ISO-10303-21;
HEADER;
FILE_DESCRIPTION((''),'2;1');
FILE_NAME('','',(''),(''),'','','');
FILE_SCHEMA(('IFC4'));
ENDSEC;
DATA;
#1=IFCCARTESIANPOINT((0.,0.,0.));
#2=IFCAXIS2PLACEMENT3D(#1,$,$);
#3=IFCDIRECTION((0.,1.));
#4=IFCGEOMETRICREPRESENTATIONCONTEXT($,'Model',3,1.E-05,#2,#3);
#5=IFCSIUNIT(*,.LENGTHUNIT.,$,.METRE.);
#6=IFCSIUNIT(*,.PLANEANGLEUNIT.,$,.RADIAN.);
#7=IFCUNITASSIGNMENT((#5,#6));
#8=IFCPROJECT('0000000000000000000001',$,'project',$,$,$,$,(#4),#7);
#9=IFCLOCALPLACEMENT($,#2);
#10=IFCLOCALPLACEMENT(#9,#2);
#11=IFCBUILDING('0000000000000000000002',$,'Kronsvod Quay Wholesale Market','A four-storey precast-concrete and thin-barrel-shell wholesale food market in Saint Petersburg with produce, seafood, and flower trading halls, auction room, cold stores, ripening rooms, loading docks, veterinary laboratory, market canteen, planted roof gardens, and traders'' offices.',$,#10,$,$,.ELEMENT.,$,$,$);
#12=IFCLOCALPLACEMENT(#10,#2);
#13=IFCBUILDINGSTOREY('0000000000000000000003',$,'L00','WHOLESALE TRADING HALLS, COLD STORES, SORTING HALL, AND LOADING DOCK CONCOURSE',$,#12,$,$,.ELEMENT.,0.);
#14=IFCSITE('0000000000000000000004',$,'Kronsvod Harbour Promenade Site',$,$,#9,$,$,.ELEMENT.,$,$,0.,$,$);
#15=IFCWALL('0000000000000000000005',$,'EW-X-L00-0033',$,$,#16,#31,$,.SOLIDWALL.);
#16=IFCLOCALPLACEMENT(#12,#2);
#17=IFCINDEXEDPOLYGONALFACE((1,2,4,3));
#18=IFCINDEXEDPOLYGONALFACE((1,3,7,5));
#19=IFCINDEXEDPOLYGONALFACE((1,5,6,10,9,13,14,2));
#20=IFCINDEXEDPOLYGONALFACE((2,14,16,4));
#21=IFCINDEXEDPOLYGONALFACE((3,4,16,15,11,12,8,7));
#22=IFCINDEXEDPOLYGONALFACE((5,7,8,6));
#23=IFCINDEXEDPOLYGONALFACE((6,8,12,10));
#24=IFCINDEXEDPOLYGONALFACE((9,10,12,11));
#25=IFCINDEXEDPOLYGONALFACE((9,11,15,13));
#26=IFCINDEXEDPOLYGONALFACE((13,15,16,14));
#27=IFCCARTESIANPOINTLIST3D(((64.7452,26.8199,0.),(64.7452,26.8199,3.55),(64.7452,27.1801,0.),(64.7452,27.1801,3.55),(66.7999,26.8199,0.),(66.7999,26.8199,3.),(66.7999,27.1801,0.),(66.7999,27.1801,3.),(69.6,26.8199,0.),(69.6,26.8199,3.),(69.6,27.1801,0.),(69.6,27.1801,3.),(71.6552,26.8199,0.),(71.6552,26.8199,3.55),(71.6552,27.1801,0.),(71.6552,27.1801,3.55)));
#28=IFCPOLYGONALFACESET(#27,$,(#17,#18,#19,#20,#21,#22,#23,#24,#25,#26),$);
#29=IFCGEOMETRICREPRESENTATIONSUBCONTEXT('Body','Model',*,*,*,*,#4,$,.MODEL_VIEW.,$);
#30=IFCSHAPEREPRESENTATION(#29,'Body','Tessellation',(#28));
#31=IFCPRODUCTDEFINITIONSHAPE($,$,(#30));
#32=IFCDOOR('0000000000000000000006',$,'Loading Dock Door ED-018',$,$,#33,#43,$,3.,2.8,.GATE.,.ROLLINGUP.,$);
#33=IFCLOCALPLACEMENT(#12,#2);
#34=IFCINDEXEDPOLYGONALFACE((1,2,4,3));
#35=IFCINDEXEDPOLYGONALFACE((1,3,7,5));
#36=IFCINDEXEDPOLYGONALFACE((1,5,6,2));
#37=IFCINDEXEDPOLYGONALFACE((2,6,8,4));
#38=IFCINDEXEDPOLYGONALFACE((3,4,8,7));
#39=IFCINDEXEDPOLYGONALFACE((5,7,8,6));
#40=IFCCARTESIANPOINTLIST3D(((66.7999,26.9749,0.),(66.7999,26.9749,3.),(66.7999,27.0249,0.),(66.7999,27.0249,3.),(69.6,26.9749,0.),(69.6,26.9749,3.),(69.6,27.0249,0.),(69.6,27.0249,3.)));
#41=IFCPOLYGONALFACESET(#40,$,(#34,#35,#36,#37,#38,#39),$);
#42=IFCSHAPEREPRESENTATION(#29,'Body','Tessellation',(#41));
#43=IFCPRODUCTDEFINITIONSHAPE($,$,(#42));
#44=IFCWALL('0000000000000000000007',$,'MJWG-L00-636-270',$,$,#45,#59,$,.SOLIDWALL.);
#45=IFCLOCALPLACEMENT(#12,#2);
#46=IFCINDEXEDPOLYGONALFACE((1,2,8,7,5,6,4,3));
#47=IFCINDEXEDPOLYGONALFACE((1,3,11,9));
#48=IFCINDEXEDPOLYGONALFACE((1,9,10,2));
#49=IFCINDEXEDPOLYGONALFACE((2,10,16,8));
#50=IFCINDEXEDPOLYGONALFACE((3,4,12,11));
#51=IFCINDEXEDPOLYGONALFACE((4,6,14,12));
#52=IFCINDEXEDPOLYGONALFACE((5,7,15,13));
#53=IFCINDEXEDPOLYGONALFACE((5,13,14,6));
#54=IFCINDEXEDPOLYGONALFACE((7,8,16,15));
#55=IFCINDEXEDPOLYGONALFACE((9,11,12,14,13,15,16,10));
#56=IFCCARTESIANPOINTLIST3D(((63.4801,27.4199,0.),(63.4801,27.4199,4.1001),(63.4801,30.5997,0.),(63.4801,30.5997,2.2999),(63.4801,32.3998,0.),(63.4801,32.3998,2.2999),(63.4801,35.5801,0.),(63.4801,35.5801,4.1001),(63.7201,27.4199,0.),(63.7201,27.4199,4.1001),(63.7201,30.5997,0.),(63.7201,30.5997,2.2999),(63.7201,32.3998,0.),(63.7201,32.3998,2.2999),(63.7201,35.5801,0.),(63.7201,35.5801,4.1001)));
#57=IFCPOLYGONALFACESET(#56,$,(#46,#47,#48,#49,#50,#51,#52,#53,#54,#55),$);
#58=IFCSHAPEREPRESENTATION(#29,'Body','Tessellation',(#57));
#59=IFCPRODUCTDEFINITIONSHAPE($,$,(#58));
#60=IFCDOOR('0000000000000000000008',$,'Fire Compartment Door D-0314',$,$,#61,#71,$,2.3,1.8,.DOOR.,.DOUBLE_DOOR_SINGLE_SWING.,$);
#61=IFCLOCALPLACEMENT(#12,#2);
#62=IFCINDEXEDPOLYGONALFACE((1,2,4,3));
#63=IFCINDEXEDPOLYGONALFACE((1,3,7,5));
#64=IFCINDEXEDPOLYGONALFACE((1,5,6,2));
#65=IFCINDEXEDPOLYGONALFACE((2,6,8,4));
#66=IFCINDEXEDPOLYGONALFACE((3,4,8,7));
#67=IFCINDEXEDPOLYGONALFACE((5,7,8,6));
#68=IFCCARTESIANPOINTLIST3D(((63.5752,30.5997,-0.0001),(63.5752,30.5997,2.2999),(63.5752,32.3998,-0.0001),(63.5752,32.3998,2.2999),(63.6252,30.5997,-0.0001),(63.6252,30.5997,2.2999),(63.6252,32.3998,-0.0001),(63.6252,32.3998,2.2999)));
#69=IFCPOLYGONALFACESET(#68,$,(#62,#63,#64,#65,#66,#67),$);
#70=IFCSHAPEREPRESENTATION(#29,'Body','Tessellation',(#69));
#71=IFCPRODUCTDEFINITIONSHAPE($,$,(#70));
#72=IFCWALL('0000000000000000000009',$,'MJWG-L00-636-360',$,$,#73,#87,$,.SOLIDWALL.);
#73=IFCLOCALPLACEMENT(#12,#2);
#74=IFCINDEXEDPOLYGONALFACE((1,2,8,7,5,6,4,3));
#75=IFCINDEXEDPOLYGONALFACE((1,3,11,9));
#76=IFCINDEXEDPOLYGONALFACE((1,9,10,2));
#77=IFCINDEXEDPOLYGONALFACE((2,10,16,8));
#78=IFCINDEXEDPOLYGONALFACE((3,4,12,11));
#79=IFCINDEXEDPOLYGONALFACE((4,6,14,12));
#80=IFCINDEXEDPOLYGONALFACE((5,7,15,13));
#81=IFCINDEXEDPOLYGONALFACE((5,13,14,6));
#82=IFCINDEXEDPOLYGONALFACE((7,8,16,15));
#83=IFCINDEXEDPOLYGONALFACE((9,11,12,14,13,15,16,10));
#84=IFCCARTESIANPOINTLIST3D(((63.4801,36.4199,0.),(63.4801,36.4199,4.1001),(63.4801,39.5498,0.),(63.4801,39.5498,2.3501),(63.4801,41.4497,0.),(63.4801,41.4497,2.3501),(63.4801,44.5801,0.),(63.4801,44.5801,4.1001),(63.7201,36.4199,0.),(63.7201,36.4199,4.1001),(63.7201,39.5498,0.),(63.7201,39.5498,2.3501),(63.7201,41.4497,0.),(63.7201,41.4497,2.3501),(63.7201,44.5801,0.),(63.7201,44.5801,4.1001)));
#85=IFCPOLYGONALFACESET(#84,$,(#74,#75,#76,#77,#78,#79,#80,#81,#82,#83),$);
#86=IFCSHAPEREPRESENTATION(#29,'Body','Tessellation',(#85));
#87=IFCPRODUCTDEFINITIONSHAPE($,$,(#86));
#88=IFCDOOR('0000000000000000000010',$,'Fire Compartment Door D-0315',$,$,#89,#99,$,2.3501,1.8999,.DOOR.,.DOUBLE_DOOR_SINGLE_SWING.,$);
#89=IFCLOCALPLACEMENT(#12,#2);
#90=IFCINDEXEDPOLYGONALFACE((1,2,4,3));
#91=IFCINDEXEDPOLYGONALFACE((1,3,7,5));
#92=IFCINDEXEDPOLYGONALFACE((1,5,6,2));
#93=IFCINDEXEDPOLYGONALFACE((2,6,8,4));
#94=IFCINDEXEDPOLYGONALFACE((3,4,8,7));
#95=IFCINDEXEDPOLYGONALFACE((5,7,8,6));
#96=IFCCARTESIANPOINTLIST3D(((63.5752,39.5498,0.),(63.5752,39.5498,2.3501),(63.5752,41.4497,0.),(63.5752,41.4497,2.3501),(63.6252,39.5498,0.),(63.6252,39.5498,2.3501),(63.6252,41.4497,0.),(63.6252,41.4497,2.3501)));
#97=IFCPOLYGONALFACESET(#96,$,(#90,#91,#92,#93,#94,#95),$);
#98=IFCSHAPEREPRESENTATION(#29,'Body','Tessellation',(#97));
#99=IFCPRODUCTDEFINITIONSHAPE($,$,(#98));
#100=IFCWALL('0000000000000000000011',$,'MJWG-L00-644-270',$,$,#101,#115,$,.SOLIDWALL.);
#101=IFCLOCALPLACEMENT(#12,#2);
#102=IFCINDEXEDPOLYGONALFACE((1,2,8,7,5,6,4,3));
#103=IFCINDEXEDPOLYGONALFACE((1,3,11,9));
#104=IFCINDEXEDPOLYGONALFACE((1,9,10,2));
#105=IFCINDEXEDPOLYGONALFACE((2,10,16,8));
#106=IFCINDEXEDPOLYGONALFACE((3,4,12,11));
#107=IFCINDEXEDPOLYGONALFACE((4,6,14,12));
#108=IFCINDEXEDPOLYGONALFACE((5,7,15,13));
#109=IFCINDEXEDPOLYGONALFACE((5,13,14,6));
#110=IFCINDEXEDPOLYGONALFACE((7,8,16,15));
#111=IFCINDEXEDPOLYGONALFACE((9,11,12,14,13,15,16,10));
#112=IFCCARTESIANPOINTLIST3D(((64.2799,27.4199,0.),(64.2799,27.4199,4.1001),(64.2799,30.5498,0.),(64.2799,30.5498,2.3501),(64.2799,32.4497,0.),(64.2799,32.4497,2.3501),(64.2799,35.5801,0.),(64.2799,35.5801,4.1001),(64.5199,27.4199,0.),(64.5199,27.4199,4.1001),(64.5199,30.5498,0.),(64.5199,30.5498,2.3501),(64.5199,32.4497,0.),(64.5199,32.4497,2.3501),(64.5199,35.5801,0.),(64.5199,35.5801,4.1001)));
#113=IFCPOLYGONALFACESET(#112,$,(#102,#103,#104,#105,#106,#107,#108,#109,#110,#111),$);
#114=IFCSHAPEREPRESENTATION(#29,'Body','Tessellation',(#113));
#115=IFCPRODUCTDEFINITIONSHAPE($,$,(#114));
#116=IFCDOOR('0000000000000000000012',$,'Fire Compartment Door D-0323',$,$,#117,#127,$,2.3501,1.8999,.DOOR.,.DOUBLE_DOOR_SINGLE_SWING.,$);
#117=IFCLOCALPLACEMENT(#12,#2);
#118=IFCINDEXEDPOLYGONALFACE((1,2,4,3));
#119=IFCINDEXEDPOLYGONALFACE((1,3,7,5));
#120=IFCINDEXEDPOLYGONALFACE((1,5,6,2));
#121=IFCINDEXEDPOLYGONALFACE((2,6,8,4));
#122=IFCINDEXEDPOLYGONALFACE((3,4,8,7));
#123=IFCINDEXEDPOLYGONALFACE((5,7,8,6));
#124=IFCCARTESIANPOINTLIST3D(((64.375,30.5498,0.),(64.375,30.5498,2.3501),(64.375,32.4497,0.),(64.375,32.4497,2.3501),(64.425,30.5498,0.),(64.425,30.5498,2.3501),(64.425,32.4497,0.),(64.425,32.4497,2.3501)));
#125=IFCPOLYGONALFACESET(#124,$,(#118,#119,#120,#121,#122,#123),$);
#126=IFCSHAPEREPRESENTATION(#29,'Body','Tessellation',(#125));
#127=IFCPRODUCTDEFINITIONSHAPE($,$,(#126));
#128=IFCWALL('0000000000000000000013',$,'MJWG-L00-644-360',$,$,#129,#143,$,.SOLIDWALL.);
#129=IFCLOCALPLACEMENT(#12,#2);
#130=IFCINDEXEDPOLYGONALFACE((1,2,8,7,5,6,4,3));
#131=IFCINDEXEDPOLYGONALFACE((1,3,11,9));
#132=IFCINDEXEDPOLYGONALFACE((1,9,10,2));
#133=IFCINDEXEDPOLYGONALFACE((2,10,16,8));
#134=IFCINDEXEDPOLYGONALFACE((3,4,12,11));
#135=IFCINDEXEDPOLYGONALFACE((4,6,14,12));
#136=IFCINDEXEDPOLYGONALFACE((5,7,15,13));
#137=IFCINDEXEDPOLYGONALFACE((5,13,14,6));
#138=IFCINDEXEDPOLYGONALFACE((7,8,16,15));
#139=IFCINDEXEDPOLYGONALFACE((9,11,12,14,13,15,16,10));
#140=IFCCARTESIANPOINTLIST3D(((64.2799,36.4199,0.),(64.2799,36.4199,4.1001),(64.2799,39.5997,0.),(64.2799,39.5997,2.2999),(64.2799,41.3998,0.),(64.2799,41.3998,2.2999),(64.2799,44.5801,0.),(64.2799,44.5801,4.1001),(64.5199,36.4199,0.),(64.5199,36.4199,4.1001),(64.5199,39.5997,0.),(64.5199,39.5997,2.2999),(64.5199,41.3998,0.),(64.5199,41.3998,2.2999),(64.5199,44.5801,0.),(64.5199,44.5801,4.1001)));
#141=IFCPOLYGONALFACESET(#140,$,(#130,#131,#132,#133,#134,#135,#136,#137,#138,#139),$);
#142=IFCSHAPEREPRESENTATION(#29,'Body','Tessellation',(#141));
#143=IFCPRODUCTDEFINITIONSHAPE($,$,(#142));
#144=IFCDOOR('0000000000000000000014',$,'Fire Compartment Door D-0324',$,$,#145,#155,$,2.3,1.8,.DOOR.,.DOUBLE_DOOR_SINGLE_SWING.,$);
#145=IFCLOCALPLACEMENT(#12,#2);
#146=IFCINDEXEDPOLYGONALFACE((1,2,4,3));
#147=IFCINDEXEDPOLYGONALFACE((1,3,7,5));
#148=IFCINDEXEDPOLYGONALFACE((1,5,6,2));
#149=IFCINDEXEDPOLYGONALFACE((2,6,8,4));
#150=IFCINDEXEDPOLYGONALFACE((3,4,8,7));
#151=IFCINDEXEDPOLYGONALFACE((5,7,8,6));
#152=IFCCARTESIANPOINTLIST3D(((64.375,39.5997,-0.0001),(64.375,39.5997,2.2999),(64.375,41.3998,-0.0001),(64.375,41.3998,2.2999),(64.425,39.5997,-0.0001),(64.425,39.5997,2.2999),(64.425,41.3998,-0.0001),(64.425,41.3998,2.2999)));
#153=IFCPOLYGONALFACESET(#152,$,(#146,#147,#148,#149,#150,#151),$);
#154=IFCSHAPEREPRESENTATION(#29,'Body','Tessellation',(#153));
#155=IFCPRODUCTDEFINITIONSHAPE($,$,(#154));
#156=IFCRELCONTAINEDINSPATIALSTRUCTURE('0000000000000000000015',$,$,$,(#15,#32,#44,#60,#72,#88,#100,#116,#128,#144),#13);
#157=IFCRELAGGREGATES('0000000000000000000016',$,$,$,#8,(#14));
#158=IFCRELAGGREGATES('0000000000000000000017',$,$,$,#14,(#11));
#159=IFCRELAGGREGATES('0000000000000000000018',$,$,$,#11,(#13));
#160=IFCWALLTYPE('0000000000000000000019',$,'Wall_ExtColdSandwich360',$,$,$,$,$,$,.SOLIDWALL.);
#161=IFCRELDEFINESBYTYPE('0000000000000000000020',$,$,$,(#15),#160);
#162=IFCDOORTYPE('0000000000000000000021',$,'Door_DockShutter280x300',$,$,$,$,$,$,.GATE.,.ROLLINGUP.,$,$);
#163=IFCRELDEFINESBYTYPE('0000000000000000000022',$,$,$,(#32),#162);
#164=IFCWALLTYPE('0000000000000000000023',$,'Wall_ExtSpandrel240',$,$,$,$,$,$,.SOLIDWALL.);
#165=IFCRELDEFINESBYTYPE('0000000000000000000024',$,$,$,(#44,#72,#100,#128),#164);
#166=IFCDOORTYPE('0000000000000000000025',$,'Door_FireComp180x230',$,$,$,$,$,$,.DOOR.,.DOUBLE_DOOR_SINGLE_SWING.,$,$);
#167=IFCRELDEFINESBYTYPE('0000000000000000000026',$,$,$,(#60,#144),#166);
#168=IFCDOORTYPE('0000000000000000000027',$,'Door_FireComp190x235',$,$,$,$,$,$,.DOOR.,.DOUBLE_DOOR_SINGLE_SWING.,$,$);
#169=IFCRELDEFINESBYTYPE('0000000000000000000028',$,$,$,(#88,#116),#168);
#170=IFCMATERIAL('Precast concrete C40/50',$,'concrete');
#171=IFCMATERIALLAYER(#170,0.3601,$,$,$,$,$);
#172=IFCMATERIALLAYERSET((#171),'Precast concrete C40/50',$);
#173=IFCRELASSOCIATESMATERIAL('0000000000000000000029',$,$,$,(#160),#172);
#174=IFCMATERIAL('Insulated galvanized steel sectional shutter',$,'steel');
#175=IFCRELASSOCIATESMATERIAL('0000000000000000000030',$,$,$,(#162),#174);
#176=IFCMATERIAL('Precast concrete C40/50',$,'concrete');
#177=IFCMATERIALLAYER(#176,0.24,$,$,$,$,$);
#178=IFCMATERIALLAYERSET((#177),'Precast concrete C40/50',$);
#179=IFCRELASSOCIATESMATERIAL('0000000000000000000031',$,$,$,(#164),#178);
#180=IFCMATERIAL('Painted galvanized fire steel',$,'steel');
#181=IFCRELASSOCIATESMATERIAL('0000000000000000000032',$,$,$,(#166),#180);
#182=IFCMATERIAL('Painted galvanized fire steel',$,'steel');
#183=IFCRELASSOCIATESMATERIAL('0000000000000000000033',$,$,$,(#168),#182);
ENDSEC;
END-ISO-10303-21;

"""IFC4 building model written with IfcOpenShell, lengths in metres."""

from ifc_helpers import new_model, si_unit, direction, frame, frame_2d, origin, place, context, subcontext, project, spatial, rectangle, extrude, material, layer, layer_set, type_object, element, fill, save


model = new_model("IFC4")

# Units and contexts
model_context = context("Model", 3, precision=1e-05, world=origin(), true_north=direction((0.0, 1.0)))
body_context = subcontext(model_context, "Body", "Model", "MODEL_VIEW")
ifc_project = project(units=[si_unit("LENGTHUNIT", "METRE"), si_unit("PLANEANGLEUNIT", "RADIAN")], contexts=[model_context])

# Site, building, storey
site_placement = place(None, origin())
site = spatial("IfcSite", under=ifc_project, at=site_placement, Name="Kronsvod Harbour Promenade Site", CompositionType="ELEMENT", RefElevation=0.0)
building_placement = place(site_placement, origin())
building = spatial("IfcBuilding", under=site, at=building_placement, Name="Kronsvod Quay Wholesale Market", Description="A four-storey precast-concrete and thin-barrel-shell wholesale food market in Saint Petersburg with produce, seafood, and flower trading halls, auction room, cold stores, ripening rooms, loading docks, veterinary laboratory, market canteen, planted roof gardens, and traders' offices.", CompositionType="ELEMENT")
storey_placement = place(building_placement, origin())
storey = spatial("IfcBuildingStorey", under=building, at=storey_placement, Name="L00", Description="WHOLESALE TRADING HALLS, COLD STORES, SORTING HALL, AND LOADING DOCK CONCOURSE", CompositionType="ELEMENT", Elevation=0.0)

# Walls, openings, doors
ifc_material_1 = material(Name="Precast concrete C40/50", Category="concrete")
ifc_layer_1 = layer(ifc_material_1, 0.3601)
ifc_layer_set_1 = layer_set([ifc_layer_1], Name="Precast concrete C40/50")
wall_type_1 = type_object("IfcWallType", Name="Wall_ExtColdSandwich360", PredefinedType="SOLIDWALL", material=ifc_layer_set_1)
wall_1_placement = place(storey_placement, frame((64.7451, 27.0, 0.0), z_axis=(0.0, 0.0, 1.0), x_axis=(1.0, 0.0, 0.0)))
wall_1 = element("IfcWall", 1, at=wall_1_placement, inside=storey, type_object=wall_type_1, Name="EW-X-L00-0033", PredefinedType="SOLIDWALL", context=body_context, shape_type="SweptSolid", body=[
    extrude(rectangle(XDim=6.9099, YDim=0.3601, at=frame_2d((3.4551, 0.0))), origin(), (0.0, 0.0, 1.0), 3.55),
])
opening_1_placement = place(wall_1_placement, frame((2.0549, 0.0, 0.0)))
opening_1 = element("IfcOpeningElement", 2, at=opening_1_placement, cuts=wall_1, PredefinedType="OPENING", context=body_context, shape_type="SweptSolid", body=[
    extrude(rectangle(XDim=2.8, YDim=3.0, at=frame_2d((1.3999, 1.5))), frame((0.0, 0.1899, 0.0), z_axis=(0.0, -1.0, 0.0), x_axis=(1.0, 0.0, 0.0)), (0.0, 0.0, 1.0), 0.3801),
])
ifc_material_2 = material(Name="Insulated galvanized steel sectional shutter", Category="steel")
door_type_1 = type_object("IfcDoorType", Name="Door_DockShutter280x300", OperationType="ROLLINGUP", PredefinedType="GATE", material=ifc_material_2)
door_1_placement = place(opening_1_placement, origin())
door_1 = element("IfcDoor", 3, at=door_1_placement, inside=storey, type_object=door_type_1, Name="Loading Dock Door ED-018", OperationType="ROLLINGUP", OverallHeight=3.0, OverallWidth=2.8, PredefinedType="GATE", context=body_context, shape_type="SweptSolid", body=[
    extrude(rectangle(XDim=2.8, YDim=3.0, at=frame_2d((1.3999, 1.5))), frame((0.0, 0.0249, 0.0), z_axis=(0.0, -1.0, 0.0), x_axis=(1.0, 0.0, 0.0)), (0.0, 0.0, 1.0), 0.05),
])
fill(opening_1, door_1)
ifc_material_3 = material(Name="Precast concrete C40/50", Category="concrete")
ifc_layer_2 = layer(ifc_material_3, 0.24)
ifc_layer_set_2 = layer_set([ifc_layer_2], Name="Precast concrete C40/50")
wall_type_2 = type_object("IfcWallType", Name="Wall_ExtSpandrel240", PredefinedType="SOLIDWALL", material=ifc_layer_set_2)
wall_2_placement = place(storey_placement, frame((63.6001, 27.4199, 0.0), z_axis=(0.0, 0.0, 1.0), x_axis=(0.0, 1.0, 0.0)))
wall_2 = element("IfcWall", 4, at=wall_2_placement, inside=storey, type_object=wall_type_2, Name="MJWG-L00-636-270", PredefinedType="SOLIDWALL", context=body_context, shape_type="SweptSolid", body=[
    extrude(rectangle(XDim=8.1602, YDim=0.24, at=frame_2d((4.0801, 0.0))), origin(), (0.0, 0.0, 1.0), 4.1001),
])
opening_2_placement = place(wall_2_placement, frame((3.1799, 0.0, 0.0)))
opening_2 = element("IfcOpeningElement", 5, at=opening_2_placement, cuts=wall_2, PredefinedType="OPENING", context=body_context, shape_type="SweptSolid", body=[
    extrude(rectangle(XDim=1.8, YDim=2.3, at=frame_2d((0.8999, 1.1499))), frame((0.0, 0.1299, 0.0), z_axis=(0.0, -1.0, 0.0), x_axis=(1.0, 0.0, 0.0)), (0.0, 0.0, 1.0), 0.26),
])
ifc_material_4 = material(Name="Painted galvanized fire steel", Category="steel")
door_type_2 = type_object("IfcDoorType", Name="Door_FireComp180x230", OperationType="DOUBLE_DOOR_SINGLE_SWING", PredefinedType="DOOR", material=ifc_material_4)
door_2_placement = place(opening_2_placement, origin())
door_2 = element("IfcDoor", 6, at=door_2_placement, inside=storey, type_object=door_type_2, Name="Fire Compartment Door D-0314", OperationType="DOUBLE_DOOR_SINGLE_SWING", OverallHeight=2.3, OverallWidth=1.8, PredefinedType="DOOR", context=body_context, shape_type="SweptSolid", body=[
    extrude(rectangle(XDim=1.8, YDim=2.3, at=frame_2d((0.8999, 1.1499))), frame((0.0, 0.0249, 0.0), z_axis=(0.0, -1.0, 0.0), x_axis=(1.0, 0.0, 0.0)), (0.0, 0.0, 1.0), 0.05),
])
fill(opening_2, door_2)
wall_3_placement = place(storey_placement, frame((63.6001, 36.4199, 0.0), z_axis=(0.0, 0.0, 1.0), x_axis=(0.0, 1.0, 0.0)))
wall_3 = element("IfcWall", 7, at=wall_3_placement, inside=storey, type_object=wall_type_2, Name="MJWG-L00-636-360", PredefinedType="SOLIDWALL", context=body_context, shape_type="SweptSolid", body=[
    extrude(rectangle(XDim=8.1602, YDim=0.24, at=frame_2d((4.0801, 0.0))), origin(), (0.0, 0.0, 1.0), 4.1001),
])
opening_3_placement = place(wall_3_placement, frame((3.1299, 0.0, 0.0)))
opening_3 = element("IfcOpeningElement", 8, at=opening_3_placement, cuts=wall_3, PredefinedType="OPENING", context=body_context, shape_type="SweptSolid", body=[
    extrude(rectangle(XDim=1.8999, YDim=2.3501, at=frame_2d((0.95, 1.175))), frame((0.0, 0.1299, 0.0), z_axis=(0.0, -1.0, 0.0), x_axis=(1.0, 0.0, 0.0)), (0.0, 0.0, 1.0), 0.26),
])
ifc_material_5 = material(Name="Painted galvanized fire steel", Category="steel")
door_type_3 = type_object("IfcDoorType", Name="Door_FireComp190x235", OperationType="DOUBLE_DOOR_SINGLE_SWING", PredefinedType="DOOR", material=ifc_material_5)
door_3_placement = place(opening_3_placement, origin())
door_3 = element("IfcDoor", 9, at=door_3_placement, inside=storey, type_object=door_type_3, Name="Fire Compartment Door D-0315", OperationType="DOUBLE_DOOR_SINGLE_SWING", OverallHeight=2.3501, OverallWidth=1.8999, PredefinedType="DOOR", context=body_context, shape_type="SweptSolid", body=[
    extrude(rectangle(XDim=1.8999, YDim=2.3501, at=frame_2d((0.95, 1.175))), frame((0.0, 0.0249, 0.0), z_axis=(0.0, -1.0, 0.0), x_axis=(1.0, 0.0, 0.0)), (0.0, 0.0, 1.0), 0.05),
])
fill(opening_3, door_3)
wall_4_placement = place(storey_placement, frame((64.3999, 27.4199, 0.0), z_axis=(0.0, 0.0, 1.0), x_axis=(0.0, 1.0, 0.0)))
wall_4 = element("IfcWall", 10, at=wall_4_placement, inside=storey, type_object=wall_type_2, Name="MJWG-L00-644-270", PredefinedType="SOLIDWALL", context=body_context, shape_type="SweptSolid", body=[
    extrude(rectangle(XDim=8.1602, YDim=0.24, at=frame_2d((4.0801, 0.0))), origin(), (0.0, 0.0, 1.0), 4.1001),
])
opening_4_placement = place(wall_4_placement, frame((3.1299, 0.0, 0.0)))
opening_4 = element("IfcOpeningElement", 11, at=opening_4_placement, cuts=wall_4, PredefinedType="OPENING", context=body_context, shape_type="SweptSolid", body=[
    extrude(rectangle(XDim=1.8999, YDim=2.3501, at=frame_2d((0.95, 1.175))), frame((0.0, 0.1299, 0.0), z_axis=(0.0, -1.0, 0.0), x_axis=(1.0, 0.0, 0.0)), (0.0, 0.0, 1.0), 0.26),
])
door_4_placement = place(opening_4_placement, origin())
door_4 = element("IfcDoor", 12, at=door_4_placement, inside=storey, type_object=door_type_3, Name="Fire Compartment Door D-0323", OperationType="DOUBLE_DOOR_SINGLE_SWING", OverallHeight=2.3501, OverallWidth=1.8999, PredefinedType="DOOR", context=body_context, shape_type="SweptSolid", body=[
    extrude(rectangle(XDim=1.8999, YDim=2.3501, at=frame_2d((0.95, 1.175))), frame((0.0, 0.0249, 0.0), z_axis=(0.0, -1.0, 0.0), x_axis=(1.0, 0.0, 0.0)), (0.0, 0.0, 1.0), 0.05),
])
fill(opening_4, door_4)
wall_5_placement = place(storey_placement, frame((64.3999, 36.4199, 0.0), z_axis=(0.0, 0.0, 1.0), x_axis=(0.0, 1.0, 0.0)))
wall_5 = element("IfcWall", 13, at=wall_5_placement, inside=storey, type_object=wall_type_2, Name="MJWG-L00-644-360", PredefinedType="SOLIDWALL", context=body_context, shape_type="SweptSolid", body=[
    extrude(rectangle(XDim=8.1602, YDim=0.24, at=frame_2d((4.0801, 0.0))), origin(), (0.0, 0.0, 1.0), 4.1001),
])
opening_5_placement = place(wall_5_placement, frame((3.1799, 0.0, 0.0)))
opening_5 = element("IfcOpeningElement", 14, at=opening_5_placement, cuts=wall_5, PredefinedType="OPENING", context=body_context, shape_type="SweptSolid", body=[
    extrude(rectangle(XDim=1.8, YDim=2.3, at=frame_2d((0.8999, 1.1499))), frame((0.0, 0.1299, 0.0), z_axis=(0.0, -1.0, 0.0), x_axis=(1.0, 0.0, 0.0)), (0.0, 0.0, 1.0), 0.26),
])
door_5_placement = place(opening_5_placement, origin())
door_5 = element("IfcDoor", 15, at=door_5_placement, inside=storey, type_object=door_type_2, Name="Fire Compartment Door D-0324", OperationType="DOUBLE_DOOR_SINGLE_SWING", OverallHeight=2.3, OverallWidth=1.8, PredefinedType="DOOR", context=body_context, shape_type="SweptSolid", body=[
    extrude(rectangle(XDim=1.8, YDim=2.3, at=frame_2d((0.8999, 1.1499))), frame((0.0, 0.0249, 0.0), z_axis=(0.0, -1.0, 0.0), x_axis=(1.0, 0.0, 0.0)), (0.0, 0.0, 1.0), 0.05),
])
fill(opening_5, door_5)

save(model, "model.ifc")
